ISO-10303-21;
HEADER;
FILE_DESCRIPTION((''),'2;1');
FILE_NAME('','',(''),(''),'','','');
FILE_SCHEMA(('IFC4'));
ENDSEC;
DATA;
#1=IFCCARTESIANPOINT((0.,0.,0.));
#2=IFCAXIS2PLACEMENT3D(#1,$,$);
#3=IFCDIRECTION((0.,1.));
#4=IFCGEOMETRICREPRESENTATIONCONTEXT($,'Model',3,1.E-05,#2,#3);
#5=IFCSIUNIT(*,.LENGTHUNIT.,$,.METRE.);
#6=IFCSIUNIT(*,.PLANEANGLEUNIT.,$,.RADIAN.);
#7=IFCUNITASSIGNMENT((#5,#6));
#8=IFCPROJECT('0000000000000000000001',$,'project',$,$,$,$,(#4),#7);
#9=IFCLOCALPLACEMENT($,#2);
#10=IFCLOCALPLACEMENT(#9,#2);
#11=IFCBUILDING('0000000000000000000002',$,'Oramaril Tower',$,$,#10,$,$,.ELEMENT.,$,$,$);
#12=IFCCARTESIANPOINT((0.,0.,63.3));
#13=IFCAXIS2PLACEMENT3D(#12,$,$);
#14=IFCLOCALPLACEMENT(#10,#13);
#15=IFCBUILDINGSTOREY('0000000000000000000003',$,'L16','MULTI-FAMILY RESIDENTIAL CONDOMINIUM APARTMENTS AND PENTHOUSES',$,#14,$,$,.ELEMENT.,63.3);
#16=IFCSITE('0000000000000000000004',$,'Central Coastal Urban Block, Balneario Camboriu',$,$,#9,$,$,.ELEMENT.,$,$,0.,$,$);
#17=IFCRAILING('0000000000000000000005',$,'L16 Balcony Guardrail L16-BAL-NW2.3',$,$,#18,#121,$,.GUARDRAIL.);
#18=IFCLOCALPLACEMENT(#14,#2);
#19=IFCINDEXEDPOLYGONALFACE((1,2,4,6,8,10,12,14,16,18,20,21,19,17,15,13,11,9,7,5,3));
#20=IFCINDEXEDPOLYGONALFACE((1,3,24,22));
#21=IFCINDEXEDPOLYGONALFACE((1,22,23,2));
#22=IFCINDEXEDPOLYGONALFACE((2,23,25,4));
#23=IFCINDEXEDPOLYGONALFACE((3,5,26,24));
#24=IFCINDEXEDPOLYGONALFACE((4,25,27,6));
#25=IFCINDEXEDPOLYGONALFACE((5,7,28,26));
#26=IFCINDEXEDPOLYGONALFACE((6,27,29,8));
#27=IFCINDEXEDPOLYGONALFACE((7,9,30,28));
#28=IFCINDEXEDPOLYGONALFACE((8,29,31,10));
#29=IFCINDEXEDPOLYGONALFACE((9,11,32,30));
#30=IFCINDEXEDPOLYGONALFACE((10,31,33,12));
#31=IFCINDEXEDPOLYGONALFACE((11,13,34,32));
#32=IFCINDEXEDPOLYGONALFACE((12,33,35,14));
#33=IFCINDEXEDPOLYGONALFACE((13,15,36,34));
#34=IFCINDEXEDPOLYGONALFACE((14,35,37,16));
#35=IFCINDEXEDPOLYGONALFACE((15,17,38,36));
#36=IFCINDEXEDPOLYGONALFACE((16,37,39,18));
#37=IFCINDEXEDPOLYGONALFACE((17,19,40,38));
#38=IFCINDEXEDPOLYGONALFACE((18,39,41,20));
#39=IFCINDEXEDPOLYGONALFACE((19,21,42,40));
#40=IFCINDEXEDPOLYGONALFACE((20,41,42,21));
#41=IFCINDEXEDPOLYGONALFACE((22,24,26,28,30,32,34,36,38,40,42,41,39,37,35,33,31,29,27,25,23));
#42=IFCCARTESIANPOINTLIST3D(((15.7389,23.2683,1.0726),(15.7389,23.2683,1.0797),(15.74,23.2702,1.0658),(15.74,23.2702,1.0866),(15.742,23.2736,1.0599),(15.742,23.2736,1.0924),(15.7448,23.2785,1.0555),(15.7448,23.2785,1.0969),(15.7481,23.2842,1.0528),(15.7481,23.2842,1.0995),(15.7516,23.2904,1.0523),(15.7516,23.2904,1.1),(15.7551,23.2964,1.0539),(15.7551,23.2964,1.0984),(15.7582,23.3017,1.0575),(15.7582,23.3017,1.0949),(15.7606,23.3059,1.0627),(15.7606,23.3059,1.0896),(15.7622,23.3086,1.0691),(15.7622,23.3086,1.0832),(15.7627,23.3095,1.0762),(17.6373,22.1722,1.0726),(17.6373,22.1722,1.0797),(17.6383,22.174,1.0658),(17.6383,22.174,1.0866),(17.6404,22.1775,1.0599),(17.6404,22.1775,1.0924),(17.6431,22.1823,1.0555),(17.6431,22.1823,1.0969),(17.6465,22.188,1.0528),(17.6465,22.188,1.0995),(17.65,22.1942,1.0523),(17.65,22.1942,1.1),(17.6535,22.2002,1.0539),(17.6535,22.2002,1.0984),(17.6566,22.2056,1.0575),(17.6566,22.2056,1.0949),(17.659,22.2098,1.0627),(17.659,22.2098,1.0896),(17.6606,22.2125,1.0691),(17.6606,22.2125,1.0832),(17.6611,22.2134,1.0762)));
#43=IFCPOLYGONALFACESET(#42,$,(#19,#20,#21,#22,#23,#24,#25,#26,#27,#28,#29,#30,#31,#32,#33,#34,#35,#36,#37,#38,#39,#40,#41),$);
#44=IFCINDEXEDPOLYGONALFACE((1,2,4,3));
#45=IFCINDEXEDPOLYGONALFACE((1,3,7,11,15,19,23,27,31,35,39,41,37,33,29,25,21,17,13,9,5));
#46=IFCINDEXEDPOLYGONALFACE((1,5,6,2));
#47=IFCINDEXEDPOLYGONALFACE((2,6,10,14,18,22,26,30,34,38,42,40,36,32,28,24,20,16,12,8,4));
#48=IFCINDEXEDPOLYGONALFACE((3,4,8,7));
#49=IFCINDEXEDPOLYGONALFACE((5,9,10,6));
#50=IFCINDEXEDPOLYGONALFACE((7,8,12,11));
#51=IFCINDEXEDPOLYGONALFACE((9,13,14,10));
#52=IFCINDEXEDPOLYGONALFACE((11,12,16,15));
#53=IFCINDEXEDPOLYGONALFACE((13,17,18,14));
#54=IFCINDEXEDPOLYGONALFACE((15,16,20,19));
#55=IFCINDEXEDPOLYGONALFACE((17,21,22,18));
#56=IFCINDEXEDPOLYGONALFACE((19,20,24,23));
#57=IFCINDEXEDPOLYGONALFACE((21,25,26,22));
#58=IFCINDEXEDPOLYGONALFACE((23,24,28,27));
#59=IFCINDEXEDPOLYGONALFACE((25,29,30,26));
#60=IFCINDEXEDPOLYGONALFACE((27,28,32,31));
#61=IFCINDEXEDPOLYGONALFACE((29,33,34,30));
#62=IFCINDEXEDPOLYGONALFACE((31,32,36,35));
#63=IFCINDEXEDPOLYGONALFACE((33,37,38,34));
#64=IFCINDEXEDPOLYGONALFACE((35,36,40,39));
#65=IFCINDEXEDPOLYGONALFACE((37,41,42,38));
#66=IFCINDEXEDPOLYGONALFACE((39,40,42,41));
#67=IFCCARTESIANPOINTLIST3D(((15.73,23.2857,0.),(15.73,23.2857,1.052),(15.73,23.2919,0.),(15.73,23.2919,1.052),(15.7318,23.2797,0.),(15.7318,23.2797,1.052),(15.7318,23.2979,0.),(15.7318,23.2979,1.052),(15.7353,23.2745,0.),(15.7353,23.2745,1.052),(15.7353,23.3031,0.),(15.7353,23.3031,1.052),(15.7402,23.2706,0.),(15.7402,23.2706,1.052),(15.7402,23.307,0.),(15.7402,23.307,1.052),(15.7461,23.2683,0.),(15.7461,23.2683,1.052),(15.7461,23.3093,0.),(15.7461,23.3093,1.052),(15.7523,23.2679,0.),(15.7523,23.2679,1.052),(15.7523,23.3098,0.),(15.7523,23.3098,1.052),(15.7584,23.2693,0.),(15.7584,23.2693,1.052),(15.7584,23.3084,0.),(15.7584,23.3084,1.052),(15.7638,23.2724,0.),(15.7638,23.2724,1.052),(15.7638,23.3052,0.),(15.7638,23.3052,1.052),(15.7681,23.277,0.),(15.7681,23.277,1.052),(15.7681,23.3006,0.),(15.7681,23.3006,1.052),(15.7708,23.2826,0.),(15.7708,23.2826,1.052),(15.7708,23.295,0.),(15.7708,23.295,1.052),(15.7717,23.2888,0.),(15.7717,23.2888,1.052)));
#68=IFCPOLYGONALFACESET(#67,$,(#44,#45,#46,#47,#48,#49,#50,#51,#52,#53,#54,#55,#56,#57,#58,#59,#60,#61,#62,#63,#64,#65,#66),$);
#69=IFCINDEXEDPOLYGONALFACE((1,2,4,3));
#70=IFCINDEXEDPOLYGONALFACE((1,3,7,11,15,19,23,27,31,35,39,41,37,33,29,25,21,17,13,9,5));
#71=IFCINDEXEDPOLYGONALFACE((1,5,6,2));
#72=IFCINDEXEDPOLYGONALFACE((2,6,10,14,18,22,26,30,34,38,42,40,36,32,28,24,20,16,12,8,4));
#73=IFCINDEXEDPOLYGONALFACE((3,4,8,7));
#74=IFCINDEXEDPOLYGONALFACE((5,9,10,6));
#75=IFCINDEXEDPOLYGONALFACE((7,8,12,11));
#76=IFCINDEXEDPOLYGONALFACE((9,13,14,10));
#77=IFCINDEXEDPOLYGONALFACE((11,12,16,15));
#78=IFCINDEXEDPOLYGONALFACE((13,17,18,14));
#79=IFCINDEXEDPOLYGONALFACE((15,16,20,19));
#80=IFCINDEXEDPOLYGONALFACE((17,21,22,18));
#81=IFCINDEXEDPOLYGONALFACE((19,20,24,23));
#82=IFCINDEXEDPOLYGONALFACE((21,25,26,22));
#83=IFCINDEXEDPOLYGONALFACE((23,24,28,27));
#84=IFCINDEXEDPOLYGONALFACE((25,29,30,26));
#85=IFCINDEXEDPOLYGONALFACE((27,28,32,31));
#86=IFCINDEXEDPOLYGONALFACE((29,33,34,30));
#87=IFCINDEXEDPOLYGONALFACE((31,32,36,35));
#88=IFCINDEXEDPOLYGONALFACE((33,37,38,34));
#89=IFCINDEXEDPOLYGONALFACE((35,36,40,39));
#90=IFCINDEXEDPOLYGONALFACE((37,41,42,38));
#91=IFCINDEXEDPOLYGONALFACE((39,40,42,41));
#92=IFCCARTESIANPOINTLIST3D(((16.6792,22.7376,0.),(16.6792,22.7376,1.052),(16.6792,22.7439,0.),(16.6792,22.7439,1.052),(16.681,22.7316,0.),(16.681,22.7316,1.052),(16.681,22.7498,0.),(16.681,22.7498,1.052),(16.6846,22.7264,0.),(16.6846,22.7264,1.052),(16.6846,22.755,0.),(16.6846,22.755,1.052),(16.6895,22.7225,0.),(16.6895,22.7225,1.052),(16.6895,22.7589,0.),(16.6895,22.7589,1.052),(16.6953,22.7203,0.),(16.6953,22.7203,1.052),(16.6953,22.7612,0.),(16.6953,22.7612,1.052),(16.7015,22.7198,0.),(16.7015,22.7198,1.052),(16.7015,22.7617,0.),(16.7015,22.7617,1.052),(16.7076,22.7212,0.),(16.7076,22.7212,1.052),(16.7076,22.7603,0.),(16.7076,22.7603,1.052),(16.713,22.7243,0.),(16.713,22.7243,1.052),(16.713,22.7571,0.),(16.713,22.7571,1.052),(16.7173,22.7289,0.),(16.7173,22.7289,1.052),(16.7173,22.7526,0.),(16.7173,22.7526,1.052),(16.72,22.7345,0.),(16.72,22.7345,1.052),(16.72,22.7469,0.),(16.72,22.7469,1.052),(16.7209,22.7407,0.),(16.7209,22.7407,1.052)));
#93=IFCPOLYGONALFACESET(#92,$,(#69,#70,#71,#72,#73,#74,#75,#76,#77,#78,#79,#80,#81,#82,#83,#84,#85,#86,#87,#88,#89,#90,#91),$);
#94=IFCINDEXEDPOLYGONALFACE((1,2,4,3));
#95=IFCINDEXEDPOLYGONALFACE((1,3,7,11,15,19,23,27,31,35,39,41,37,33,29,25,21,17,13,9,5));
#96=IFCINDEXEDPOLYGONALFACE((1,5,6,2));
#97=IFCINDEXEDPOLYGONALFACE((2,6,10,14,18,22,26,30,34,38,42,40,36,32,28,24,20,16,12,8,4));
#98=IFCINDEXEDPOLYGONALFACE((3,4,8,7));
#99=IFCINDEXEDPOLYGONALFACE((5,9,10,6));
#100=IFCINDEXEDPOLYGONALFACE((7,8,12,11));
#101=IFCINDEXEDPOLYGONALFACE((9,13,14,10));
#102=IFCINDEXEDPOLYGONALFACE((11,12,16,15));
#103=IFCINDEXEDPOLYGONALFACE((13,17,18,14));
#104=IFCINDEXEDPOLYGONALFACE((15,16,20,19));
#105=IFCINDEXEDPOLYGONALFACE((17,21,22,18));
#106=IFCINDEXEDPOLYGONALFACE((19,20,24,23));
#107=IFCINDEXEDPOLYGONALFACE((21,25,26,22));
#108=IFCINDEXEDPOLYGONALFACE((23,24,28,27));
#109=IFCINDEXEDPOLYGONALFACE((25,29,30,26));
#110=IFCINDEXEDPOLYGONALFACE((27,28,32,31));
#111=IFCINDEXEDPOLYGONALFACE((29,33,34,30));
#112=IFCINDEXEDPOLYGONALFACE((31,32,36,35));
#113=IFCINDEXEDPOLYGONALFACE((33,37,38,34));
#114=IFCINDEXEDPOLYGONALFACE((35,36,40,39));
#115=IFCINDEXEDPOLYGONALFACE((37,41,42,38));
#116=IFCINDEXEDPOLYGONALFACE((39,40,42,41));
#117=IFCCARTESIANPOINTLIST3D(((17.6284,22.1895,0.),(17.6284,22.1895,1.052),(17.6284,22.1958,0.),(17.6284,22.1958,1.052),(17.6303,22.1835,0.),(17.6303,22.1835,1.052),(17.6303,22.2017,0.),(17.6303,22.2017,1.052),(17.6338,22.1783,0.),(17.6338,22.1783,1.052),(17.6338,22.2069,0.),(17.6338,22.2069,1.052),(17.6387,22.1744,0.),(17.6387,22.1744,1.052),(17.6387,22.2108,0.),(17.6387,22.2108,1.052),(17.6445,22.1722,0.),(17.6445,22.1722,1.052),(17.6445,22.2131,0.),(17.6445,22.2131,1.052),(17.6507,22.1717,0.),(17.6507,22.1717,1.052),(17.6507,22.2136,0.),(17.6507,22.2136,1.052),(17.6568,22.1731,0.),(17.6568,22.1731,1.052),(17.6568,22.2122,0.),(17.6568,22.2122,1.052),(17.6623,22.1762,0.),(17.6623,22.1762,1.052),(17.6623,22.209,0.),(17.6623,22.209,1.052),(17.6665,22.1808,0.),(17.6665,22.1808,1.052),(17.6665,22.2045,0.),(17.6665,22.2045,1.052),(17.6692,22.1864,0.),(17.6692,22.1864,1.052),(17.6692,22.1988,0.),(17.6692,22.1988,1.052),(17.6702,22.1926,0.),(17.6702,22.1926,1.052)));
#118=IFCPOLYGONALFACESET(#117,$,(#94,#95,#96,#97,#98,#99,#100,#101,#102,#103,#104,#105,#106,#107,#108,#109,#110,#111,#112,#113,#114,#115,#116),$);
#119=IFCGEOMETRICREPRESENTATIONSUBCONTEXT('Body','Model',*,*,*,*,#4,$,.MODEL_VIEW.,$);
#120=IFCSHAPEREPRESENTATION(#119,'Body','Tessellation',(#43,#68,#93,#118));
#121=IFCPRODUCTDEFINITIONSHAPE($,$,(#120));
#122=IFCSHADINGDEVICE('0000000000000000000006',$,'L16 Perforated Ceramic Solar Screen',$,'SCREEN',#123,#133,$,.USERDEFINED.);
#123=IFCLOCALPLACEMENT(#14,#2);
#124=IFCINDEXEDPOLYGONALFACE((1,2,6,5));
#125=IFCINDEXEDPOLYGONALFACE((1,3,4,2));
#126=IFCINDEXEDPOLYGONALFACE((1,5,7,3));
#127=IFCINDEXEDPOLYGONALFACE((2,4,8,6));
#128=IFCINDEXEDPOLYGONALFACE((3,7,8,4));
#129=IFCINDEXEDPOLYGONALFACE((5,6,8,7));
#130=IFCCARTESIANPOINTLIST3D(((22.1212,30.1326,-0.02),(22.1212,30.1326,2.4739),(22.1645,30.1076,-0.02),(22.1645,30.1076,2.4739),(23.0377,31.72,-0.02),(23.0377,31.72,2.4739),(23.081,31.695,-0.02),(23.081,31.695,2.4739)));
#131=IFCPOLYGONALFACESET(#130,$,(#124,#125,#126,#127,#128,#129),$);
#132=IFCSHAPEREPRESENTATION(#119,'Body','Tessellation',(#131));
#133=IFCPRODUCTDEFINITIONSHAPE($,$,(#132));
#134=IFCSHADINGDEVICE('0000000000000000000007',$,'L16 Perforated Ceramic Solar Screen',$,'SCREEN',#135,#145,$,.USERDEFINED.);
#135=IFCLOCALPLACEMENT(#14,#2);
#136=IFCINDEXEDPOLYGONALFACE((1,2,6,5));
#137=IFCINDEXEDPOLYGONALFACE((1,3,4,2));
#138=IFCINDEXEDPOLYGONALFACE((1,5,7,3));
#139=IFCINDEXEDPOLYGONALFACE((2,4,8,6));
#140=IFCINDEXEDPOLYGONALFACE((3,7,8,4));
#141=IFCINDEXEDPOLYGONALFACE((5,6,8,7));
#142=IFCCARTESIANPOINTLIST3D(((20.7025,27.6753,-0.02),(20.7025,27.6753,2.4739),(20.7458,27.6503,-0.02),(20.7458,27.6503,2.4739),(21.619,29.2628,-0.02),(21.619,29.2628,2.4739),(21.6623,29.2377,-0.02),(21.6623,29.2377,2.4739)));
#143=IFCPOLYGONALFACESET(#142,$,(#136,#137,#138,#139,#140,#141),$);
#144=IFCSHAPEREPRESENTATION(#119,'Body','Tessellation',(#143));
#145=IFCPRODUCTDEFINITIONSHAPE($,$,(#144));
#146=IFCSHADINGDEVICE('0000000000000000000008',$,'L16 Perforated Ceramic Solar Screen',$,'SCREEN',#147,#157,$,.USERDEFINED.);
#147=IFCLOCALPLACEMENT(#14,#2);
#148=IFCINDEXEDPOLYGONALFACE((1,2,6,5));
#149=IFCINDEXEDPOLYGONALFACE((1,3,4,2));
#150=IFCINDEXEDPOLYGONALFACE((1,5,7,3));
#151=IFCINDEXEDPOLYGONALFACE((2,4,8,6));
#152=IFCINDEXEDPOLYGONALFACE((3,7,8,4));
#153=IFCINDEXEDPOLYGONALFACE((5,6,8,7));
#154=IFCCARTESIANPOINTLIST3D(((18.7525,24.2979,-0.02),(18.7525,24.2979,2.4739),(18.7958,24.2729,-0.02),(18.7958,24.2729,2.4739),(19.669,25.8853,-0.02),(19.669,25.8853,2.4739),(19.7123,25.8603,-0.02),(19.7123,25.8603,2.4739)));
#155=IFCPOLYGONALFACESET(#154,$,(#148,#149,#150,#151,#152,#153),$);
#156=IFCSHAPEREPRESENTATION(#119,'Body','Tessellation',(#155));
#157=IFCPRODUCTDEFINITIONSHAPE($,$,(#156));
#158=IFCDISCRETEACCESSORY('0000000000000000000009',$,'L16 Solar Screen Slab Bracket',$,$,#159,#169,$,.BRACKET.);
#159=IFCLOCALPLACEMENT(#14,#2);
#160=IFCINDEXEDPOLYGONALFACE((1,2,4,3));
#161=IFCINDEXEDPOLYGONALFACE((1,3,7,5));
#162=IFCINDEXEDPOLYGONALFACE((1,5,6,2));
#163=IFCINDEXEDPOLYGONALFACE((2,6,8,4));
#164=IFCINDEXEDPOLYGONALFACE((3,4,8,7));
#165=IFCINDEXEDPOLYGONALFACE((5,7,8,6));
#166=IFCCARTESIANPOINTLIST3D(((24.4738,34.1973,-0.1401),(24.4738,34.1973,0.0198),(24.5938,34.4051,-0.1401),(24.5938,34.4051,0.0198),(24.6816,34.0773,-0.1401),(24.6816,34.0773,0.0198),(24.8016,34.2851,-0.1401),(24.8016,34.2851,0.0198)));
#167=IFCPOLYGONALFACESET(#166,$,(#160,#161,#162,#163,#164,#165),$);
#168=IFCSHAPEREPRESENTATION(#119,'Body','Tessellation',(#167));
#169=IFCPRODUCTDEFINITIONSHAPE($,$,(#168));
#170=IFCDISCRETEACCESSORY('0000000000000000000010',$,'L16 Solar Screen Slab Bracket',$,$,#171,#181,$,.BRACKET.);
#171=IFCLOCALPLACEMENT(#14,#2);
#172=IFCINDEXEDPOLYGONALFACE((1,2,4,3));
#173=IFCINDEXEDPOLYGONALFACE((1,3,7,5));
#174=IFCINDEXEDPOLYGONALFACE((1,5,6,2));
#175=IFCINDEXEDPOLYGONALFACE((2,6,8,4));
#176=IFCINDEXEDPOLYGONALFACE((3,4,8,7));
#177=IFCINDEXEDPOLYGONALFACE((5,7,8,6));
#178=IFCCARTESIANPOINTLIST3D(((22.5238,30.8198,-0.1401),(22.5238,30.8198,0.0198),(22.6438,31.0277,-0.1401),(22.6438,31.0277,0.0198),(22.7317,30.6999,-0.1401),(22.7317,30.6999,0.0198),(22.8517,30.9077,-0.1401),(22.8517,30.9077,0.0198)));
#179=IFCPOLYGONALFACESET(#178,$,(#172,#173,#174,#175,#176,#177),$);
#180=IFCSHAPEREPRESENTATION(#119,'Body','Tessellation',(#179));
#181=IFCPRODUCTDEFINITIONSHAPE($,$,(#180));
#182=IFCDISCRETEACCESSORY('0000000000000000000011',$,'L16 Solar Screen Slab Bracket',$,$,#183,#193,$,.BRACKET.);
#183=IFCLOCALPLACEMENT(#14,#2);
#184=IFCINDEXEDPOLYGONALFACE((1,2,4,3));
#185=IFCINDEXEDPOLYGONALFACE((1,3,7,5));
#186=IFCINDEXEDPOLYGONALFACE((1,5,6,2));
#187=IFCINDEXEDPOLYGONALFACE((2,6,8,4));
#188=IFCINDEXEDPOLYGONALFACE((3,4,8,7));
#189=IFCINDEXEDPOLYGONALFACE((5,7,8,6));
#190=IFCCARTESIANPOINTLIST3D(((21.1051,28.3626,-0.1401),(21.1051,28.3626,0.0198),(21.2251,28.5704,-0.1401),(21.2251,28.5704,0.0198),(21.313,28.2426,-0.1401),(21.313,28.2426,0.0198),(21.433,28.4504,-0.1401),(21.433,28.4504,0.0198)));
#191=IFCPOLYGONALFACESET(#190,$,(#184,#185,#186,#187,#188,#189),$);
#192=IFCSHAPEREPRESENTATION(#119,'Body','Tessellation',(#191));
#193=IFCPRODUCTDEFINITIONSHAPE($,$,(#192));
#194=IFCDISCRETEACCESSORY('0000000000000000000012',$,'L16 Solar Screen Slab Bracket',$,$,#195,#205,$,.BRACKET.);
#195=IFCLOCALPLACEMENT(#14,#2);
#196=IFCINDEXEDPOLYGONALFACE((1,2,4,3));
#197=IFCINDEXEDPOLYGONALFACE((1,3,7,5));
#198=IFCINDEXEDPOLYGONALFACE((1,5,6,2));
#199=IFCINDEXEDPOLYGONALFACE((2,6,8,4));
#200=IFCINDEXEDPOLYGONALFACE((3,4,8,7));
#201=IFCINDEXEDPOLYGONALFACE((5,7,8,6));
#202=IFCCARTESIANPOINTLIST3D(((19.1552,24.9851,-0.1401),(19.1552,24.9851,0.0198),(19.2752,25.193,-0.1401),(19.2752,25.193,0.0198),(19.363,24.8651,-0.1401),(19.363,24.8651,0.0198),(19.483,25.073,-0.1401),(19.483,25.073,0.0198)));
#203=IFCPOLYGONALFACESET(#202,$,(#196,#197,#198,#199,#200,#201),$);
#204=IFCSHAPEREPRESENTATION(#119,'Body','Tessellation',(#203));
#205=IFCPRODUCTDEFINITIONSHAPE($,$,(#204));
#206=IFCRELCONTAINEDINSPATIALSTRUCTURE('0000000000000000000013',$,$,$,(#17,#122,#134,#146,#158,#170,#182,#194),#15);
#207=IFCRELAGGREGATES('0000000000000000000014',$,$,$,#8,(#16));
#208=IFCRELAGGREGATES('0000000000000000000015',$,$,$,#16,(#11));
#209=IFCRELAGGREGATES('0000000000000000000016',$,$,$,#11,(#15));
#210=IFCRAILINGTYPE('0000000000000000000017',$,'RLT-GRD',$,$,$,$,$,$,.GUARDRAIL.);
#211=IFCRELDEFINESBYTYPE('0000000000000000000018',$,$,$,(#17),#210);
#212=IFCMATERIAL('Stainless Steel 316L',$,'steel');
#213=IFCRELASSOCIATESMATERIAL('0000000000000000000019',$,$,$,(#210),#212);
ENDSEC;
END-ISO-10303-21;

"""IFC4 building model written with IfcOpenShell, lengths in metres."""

from ifc_helpers import new_model, si_unit, direction, frame, origin, origin_2d, place, context, subcontext, project, spatial, rectangle, circle, extrude, material, type_object, element, save


model = new_model("IFC4")

# Units and contexts
model_context = context("Model", 3, precision=1e-05, world=origin(), true_north=direction((0.0, 1.0)))
body_context = subcontext(model_context, "Body", "Model", "MODEL_VIEW")
ifc_project = project(units=[si_unit("LENGTHUNIT", "METRE"), si_unit("PLANEANGLEUNIT", "RADIAN")], contexts=[model_context])

# Site, building, storey
site_placement = place(None, origin())
site = spatial("IfcSite", under=ifc_project, at=site_placement, Name="Central Coastal Urban Block, Balneario Camboriu", CompositionType="ELEMENT", RefElevation=0.0)
building_placement = place(site_placement, origin())
building = spatial("IfcBuilding", under=site, at=building_placement, Name="Oramaril Tower", CompositionType="ELEMENT")
storey_placement = place(building_placement, frame((0.0, 0.0, 63.3)))
storey = spatial("IfcBuildingStorey", under=building, at=storey_placement, Name="L16", Description="MULTI-FAMILY RESIDENTIAL CONDOMINIUM APARTMENTS AND PENTHOUSES", CompositionType="ELEMENT", Elevation=63.3)

# Railing
ifc_material_1 = material(Name="Stainless Steel 316L", Category="steel")
railing_type = type_object("IfcRailingType", Name="RLT-GRD", PredefinedType="GUARDRAIL", material=ifc_material_1)
railing_1_placement = place(storey_placement, frame((15.7507, 23.2888, 0.0)))
element("IfcRailing", 1, at=railing_1_placement, inside=storey, type_object=railing_type, Name="L16 Balcony Guardrail L16-BAL-NW2.3", PredefinedType="GUARDRAIL", context=body_context, shape_type="SweptSolid", body=[
    extrude(circle(Radius=0.0239, at=origin_2d()), frame((0.0, 0.0, 1.0762), z_axis=(0.866, -0.500044, 0.0), x_axis=(0.500044, 0.866, 0.0)), (0.0, 0.0, 1.0), 2.1921),
    extrude(circle(Radius=0.021, at=origin_2d()), origin(), (0.0, 0.0, 1.0), 1.052),
    extrude(circle(Radius=0.021, at=origin_2d()), frame((0.9492, -0.5481, 0.0)), (0.0, 0.0, 1.0), 1.052),
    extrude(circle(Radius=0.021, at=origin_2d()), frame((1.8984, -1.0962, 0.0)), (0.0, 0.0, 1.0), 1.052),
])

# Shading devices
for number, where, z_axis, x_axis, name in (
    (2, (22.6011, 30.9138, -0.02), (0.0, 0.0, 1.0), (-0.499998, -0.866026, 0.0), "L16 Perforated Ceramic Solar Screen"),
    (3, (21.1824, 28.4565, -0.02), (0.0, 0.0, 1.0), (-0.499998, -0.866026, 0.0), "L16 Perforated Ceramic Solar Screen"),
    (4, (19.2324, 25.0791, -0.02), (0.0, 0.0, 1.0), (-0.499998, -0.866026, 0.0), "L16 Perforated Ceramic Solar Screen"),
):
    element("IfcShadingDevice", number, at=place(storey_placement, frame(where, z_axis=z_axis, x_axis=x_axis)), inside=storey, Name=name, ObjectType="SCREEN", PredefinedType="USERDEFINED", context=body_context, shape_type="SweptSolid", body=[
        extrude(rectangle(XDim=1.833, YDim=0.05, at=origin_2d()), origin(), (0.0, 0.0, 1.0), 2.4939),
    ])

# Discrete accessories
for number, where, z_axis, x_axis, name in (
    (5, (24.6377, 34.2412, -0.1401), (0.0, 0.0, 1.0), (-0.499998, -0.866026, 0.0), "L16 Solar Screen Slab Bracket"),
    (6, (22.6877, 30.8638, -0.1401), (0.0, 0.0, 1.0), (-0.499998, -0.866026, 0.0), "L16 Solar Screen Slab Bracket"),
    (7, (21.269, 28.4065, -0.1401), (0.0, 0.0, 1.0), (-0.499998, -0.866026, 0.0), "L16 Solar Screen Slab Bracket"),
    (8, (19.3191, 25.0291, -0.1401), (0.0, 0.0, 1.0), (-0.499998, -0.866026, 0.0), "L16 Solar Screen Slab Bracket"),
):
    element("IfcDiscreteAccessory", number, at=place(storey_placement, frame(where, z_axis=z_axis, x_axis=x_axis)), inside=storey, Name=name, PredefinedType="BRACKET", context=body_context, shape_type="SweptSolid", body=[
        extrude(rectangle(XDim=0.24, YDim=0.24, at=origin_2d()), origin(), (0.0, 0.0, 1.0), 0.1599),
    ])

save(model, "model.ifc")
